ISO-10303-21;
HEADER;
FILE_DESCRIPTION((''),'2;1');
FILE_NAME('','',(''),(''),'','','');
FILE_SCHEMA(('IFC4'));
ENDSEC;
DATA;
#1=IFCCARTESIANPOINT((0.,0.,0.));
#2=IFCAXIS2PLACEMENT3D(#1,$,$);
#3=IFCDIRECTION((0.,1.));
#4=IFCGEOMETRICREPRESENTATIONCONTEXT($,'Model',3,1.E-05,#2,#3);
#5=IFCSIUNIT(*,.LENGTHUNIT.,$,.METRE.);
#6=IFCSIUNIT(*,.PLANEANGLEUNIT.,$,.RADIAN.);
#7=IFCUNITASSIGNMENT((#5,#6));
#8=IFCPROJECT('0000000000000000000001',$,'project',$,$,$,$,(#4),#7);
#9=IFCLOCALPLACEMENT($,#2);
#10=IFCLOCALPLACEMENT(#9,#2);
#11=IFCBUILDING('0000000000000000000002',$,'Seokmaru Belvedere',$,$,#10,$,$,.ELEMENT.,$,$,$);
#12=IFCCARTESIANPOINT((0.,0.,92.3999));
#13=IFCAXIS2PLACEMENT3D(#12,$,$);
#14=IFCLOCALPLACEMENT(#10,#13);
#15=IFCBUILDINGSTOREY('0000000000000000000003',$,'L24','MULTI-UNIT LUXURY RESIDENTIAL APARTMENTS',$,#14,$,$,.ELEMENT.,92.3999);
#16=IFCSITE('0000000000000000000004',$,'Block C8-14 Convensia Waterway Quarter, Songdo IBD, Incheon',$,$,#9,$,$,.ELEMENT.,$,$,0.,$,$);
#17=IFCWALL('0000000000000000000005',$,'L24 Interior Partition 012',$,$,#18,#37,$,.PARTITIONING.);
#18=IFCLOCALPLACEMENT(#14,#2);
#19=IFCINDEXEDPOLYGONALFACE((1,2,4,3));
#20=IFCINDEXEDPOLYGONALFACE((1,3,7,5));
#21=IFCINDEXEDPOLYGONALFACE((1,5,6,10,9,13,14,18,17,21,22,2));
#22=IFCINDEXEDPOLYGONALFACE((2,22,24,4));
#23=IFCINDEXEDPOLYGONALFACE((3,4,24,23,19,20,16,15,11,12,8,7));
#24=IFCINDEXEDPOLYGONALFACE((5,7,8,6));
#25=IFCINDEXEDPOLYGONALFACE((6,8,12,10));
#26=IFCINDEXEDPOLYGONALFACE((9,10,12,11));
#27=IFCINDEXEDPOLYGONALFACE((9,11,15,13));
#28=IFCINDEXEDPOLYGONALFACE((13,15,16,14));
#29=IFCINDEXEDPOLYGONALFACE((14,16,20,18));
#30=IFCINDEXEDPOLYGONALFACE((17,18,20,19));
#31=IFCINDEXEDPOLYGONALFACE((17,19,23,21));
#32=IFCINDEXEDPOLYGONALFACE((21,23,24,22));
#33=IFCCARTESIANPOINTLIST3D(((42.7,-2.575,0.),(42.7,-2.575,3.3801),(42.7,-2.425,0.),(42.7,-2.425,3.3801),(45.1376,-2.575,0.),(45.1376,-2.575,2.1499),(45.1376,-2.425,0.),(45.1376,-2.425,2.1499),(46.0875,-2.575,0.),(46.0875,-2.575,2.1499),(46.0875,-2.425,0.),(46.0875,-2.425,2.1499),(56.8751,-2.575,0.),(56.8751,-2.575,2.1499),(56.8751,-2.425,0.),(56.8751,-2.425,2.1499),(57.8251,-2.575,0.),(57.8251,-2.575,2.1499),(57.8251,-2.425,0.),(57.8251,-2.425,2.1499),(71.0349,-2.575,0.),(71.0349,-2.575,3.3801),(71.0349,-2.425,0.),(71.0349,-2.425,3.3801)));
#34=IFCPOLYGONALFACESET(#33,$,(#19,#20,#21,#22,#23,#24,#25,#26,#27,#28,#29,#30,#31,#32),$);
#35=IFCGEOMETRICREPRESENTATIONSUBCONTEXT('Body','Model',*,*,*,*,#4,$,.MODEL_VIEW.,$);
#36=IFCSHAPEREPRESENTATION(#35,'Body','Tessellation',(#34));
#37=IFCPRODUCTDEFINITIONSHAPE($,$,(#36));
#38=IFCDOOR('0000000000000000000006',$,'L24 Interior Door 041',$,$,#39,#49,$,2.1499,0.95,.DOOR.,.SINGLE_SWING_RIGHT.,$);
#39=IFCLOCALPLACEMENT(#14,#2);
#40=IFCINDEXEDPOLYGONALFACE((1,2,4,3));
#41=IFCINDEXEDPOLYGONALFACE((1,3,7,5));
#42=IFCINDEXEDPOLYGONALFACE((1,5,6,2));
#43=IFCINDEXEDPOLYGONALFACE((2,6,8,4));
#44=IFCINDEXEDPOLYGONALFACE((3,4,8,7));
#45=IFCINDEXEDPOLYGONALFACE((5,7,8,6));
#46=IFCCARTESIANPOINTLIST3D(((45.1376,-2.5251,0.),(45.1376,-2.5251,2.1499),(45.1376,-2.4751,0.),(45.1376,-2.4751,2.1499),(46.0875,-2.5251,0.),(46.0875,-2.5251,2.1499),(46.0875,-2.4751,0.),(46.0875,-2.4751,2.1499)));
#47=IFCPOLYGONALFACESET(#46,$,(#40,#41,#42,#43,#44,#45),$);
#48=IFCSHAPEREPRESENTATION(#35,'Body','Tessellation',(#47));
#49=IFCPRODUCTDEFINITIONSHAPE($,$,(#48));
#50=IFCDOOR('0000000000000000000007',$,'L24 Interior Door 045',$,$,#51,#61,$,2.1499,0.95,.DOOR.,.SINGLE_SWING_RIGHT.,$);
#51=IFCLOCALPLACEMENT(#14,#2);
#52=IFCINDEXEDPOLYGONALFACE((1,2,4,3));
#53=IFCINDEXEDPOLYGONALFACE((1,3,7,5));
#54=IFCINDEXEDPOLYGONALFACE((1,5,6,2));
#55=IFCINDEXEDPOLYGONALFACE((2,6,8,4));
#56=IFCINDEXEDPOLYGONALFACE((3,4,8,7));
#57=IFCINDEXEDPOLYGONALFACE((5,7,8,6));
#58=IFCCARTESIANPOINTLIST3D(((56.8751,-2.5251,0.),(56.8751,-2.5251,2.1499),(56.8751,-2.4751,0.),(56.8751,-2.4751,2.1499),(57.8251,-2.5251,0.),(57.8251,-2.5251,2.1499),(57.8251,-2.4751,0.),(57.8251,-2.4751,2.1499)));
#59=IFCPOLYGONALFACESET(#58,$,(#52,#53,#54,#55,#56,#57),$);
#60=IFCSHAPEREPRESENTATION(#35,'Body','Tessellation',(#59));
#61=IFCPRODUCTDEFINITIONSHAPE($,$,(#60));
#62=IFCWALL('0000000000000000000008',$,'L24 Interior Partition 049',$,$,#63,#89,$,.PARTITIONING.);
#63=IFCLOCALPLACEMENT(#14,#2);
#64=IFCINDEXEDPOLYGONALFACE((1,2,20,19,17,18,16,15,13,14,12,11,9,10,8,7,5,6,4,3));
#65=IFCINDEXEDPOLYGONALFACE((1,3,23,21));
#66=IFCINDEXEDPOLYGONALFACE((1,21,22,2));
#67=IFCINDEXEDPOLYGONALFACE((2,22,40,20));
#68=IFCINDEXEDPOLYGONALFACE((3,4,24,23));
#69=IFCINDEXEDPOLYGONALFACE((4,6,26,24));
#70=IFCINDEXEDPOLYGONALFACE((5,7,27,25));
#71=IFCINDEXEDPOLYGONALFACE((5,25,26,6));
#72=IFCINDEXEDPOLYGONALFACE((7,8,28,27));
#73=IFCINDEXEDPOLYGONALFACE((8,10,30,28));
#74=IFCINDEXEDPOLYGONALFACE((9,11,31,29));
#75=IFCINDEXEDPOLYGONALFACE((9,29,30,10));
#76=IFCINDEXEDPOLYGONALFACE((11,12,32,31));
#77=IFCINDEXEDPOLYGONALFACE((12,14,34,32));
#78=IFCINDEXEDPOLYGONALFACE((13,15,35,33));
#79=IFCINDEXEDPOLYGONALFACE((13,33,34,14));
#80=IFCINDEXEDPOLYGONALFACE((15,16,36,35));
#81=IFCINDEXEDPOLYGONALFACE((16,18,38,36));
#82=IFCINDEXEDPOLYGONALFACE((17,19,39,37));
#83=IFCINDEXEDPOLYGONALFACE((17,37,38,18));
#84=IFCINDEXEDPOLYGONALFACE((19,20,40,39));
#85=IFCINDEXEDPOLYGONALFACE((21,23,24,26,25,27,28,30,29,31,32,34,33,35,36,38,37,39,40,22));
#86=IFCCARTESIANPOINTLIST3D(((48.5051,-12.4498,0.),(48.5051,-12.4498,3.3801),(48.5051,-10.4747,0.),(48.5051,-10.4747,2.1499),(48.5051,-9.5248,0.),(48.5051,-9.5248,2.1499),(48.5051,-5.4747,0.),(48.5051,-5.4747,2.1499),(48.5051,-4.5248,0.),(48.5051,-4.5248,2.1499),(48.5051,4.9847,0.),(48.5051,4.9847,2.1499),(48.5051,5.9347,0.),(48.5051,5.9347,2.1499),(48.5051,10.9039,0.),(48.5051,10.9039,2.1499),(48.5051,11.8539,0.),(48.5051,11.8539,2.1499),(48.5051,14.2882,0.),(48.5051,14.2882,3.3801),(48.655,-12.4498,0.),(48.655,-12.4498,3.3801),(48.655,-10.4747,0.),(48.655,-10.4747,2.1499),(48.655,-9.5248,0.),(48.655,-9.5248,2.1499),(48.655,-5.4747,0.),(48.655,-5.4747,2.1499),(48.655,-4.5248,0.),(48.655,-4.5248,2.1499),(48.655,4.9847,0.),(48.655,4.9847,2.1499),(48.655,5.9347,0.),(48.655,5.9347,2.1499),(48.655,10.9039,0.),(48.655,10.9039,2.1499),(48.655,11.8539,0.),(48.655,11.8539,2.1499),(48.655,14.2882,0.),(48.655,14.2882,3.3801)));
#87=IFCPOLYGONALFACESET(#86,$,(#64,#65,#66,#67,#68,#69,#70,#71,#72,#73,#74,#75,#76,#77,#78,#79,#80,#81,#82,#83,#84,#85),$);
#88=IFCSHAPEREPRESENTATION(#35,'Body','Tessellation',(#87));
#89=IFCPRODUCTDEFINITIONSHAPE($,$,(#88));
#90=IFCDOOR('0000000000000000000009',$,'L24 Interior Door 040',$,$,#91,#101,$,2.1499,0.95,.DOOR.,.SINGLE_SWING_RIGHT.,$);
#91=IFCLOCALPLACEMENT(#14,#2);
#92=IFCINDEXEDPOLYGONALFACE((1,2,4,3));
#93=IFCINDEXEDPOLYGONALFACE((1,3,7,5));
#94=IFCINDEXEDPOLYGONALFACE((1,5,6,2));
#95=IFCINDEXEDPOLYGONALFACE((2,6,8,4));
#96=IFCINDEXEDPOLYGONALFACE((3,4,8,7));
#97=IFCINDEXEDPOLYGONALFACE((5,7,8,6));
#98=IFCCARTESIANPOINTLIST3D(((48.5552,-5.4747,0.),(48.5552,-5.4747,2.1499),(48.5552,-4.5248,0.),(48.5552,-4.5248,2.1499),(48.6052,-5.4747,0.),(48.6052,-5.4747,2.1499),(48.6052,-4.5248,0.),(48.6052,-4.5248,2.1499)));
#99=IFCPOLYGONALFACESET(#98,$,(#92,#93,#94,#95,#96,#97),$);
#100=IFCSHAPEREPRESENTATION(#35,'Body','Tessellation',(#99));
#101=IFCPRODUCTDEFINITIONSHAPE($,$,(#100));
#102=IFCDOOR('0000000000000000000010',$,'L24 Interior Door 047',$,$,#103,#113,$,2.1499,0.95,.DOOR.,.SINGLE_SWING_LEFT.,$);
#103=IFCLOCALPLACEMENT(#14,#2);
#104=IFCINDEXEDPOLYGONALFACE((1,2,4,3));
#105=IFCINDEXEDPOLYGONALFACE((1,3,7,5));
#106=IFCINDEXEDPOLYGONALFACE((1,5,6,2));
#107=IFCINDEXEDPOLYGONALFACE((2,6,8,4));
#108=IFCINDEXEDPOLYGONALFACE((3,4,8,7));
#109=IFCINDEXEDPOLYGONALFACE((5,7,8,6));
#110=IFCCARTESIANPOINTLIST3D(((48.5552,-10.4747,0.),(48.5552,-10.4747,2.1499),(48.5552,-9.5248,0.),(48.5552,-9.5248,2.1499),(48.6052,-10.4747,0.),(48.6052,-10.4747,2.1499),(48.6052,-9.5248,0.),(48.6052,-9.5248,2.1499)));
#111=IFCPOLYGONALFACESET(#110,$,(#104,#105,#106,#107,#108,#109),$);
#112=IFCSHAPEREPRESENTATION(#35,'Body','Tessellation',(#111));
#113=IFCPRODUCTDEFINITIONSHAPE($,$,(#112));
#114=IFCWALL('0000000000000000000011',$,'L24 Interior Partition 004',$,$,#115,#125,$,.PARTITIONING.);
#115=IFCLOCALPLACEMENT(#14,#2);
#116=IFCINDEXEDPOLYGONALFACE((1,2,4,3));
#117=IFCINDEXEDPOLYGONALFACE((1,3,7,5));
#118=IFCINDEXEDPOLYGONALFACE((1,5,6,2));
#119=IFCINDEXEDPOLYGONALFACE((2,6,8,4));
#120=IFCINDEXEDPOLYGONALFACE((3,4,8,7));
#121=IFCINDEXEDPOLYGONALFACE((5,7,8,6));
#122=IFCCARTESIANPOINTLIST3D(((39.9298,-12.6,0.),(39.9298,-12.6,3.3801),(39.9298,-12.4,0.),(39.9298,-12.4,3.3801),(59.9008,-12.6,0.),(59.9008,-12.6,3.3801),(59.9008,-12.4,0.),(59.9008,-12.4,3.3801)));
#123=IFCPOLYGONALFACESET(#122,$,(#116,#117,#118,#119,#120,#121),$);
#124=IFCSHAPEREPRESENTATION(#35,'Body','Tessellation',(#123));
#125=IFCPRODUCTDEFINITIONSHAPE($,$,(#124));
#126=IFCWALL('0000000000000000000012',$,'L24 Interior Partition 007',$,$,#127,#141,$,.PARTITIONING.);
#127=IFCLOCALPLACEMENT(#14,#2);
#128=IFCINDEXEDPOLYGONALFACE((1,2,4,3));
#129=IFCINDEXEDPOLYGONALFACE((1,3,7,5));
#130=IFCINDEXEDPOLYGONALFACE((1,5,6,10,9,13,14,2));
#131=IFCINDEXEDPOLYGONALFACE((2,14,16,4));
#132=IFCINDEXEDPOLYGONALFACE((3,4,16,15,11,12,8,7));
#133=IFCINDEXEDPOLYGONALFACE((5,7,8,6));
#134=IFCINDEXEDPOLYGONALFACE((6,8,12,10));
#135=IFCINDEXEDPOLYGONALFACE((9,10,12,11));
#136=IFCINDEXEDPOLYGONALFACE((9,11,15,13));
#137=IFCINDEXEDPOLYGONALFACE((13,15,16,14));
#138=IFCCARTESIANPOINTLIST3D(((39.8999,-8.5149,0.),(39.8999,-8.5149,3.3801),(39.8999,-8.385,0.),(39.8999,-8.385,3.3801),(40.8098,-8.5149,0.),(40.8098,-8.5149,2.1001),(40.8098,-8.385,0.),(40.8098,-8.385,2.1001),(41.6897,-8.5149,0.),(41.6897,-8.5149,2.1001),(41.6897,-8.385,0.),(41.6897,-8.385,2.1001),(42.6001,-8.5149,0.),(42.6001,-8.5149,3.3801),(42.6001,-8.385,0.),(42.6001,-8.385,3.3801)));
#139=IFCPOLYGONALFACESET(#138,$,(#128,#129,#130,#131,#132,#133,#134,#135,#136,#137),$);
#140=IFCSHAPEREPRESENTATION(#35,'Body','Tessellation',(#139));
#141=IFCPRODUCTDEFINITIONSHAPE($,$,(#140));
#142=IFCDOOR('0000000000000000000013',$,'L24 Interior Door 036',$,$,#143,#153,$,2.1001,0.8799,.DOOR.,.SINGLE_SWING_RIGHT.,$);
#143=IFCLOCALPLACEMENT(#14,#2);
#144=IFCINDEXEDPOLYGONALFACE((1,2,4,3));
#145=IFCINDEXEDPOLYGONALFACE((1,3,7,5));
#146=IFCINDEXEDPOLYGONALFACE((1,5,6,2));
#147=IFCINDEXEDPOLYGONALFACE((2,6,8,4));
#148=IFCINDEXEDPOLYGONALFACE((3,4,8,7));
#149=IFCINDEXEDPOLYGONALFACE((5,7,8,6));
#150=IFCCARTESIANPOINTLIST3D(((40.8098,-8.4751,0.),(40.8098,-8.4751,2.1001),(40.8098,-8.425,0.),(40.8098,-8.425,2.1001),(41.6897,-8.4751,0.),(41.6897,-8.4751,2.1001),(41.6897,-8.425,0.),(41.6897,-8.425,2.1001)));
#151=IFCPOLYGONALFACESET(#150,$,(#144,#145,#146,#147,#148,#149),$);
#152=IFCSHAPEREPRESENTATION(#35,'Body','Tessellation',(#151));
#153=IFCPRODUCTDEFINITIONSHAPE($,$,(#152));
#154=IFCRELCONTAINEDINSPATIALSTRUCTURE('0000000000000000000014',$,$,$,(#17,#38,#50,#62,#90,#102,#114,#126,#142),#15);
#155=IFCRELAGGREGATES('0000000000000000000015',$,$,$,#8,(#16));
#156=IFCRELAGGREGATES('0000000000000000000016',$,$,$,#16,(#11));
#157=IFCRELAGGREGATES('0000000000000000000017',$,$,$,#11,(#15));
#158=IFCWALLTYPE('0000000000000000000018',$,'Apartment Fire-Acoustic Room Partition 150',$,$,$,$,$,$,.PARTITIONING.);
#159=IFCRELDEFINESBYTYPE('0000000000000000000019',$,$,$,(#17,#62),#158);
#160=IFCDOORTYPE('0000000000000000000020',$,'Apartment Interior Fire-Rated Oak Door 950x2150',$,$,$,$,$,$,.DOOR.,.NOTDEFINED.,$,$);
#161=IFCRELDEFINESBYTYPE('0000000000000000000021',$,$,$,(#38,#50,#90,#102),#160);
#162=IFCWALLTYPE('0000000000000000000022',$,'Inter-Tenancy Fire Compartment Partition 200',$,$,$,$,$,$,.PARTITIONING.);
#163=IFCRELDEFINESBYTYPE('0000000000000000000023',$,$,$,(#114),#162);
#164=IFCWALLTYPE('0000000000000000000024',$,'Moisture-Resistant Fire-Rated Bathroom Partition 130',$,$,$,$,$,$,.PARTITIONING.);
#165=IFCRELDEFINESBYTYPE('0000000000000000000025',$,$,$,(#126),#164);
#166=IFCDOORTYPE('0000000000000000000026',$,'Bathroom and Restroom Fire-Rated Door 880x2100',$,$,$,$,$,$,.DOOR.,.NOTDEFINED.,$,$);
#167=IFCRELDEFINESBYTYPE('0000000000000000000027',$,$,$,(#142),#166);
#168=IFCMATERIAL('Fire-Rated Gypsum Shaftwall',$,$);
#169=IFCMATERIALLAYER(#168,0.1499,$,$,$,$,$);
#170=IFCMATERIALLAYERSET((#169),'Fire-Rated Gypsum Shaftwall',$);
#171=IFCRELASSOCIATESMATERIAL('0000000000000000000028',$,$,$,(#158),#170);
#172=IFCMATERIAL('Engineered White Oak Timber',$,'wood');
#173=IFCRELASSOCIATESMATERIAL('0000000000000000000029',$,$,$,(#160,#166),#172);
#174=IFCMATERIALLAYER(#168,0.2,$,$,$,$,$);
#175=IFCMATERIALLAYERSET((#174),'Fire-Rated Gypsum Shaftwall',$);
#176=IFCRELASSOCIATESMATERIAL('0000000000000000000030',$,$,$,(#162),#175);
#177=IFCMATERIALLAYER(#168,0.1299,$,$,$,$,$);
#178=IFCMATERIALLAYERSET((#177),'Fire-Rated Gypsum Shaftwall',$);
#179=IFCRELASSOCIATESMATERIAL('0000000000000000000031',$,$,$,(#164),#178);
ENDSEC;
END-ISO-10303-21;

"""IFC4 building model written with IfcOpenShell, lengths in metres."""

from ifc_helpers import new_model, si_unit, direction, frame, frame_2d, origin, place, context, subcontext, project, spatial, rectangle, extrude, source, transform, mapped, material, layer, layer_set, type_object, type_shapes, element, fill, save


model = new_model("IFC4")

# Units and contexts
model_context = context("Model", 3, precision=1e-05, world=origin(), true_north=direction((0.0, 1.0)))
body_context = subcontext(model_context, "Body", "Model", "MODEL_VIEW")
ifc_project = project(units=[si_unit("LENGTHUNIT", "METRE"), si_unit("PLANEANGLEUNIT", "RADIAN")], contexts=[model_context])

# Site, building, storey
site_placement = place(None, origin())
site = spatial("IfcSite", under=ifc_project, at=site_placement, Name="Block C8-14 Convensia Waterway Quarter, Songdo IBD, Incheon", CompositionType="ELEMENT", RefElevation=0.0)
building_placement = place(site_placement, origin())
building = spatial("IfcBuilding", under=site, at=building_placement, Name="Seokmaru Belvedere", CompositionType="ELEMENT")
storey_placement = place(building_placement, frame((0.0, 0.0, 92.3999)))
storey = spatial("IfcBuildingStorey", under=building, at=storey_placement, Name="L24", Description="MULTI-UNIT LUXURY RESIDENTIAL APARTMENTS", CompositionType="ELEMENT", Elevation=92.3999)

# Walls, openings, doors
ifc_material_1 = material(Name="Fire-Rated Gypsum Shaftwall")
ifc_layer_1 = layer(ifc_material_1, 0.1499)
ifc_layer_set_1 = layer_set([ifc_layer_1], Name="Fire-Rated Gypsum Shaftwall")
wall_type_1 = type_object("IfcWallType", Name="Apartment Fire-Acoustic Room Partition 150", PredefinedType="PARTITIONING", material=ifc_layer_set_1)
ifc_material_2 = material(Name="Engineered White Oak Timber", Category="wood")
door_type_1 = type_object("IfcDoorType", Name="Apartment Interior Fire-Rated Oak Door 950x2150", OperationType="NOTDEFINED", PredefinedType="DOOR", material=ifc_material_2)
shared_shape_1 = source(origin(), body_context, "Body", "SweptSolid", [
    extrude(rectangle(XDim=0.95, YDim=2.1499, at=frame_2d((0.4751, 1.075))), frame((0.0, 0.0249, 0.0), z_axis=(0.0, -1.0, 0.0), x_axis=(1.0, 0.0, 0.0)), (0.0, 0.0, 1.0), 0.05),
])
type_shapes(door_type_1, [shared_shape_1])
wall_1_placement = place(storey_placement, frame((42.7, -2.5, 0.0), z_axis=(0.0, 0.0, 1.0), x_axis=(1.0, 0.0, 0.0)))
wall_1 = element("IfcWall", 1, at=wall_1_placement, inside=storey, type_object=wall_type_1, Name="L24 Interior Partition 012", PredefinedType="PARTITIONING", context=body_context, shape_type="SweptSolid", body=[
    extrude(rectangle(XDim=28.335, YDim=0.1499, at=frame_2d((14.1675, 0.0))), origin(), (0.0, 0.0, 1.0), 3.3801),
])
opening_1_placement = place(wall_1_placement, frame((2.4375, 0.0, 0.0)))
opening_1 = element("IfcOpeningElement", 2, at=opening_1_placement, cuts=wall_1, PredefinedType="OPENING", context=body_context, shape_type="SweptSolid", body=[
    extrude(rectangle(XDim=0.95, YDim=2.1499, at=frame_2d((0.4751, 1.075))), frame((0.0, 0.085, 0.0), z_axis=(0.0, -1.0, 0.0), x_axis=(1.0, 0.0, 0.0)), (0.0, 0.0, 1.0), 0.1699),
])
opening_2_placement = place(wall_1_placement, frame((14.175, 0.0, 0.0)))
opening_2 = element("IfcOpeningElement", 3, at=opening_2_placement, cuts=wall_1, PredefinedType="OPENING", context=body_context, shape_type="SweptSolid", body=[
    extrude(rectangle(XDim=0.95, YDim=2.1499, at=frame_2d((0.4751, 1.075))), frame((0.0, 0.085, 0.0), z_axis=(0.0, -1.0, 0.0), x_axis=(1.0, 0.0, 0.0)), (0.0, 0.0, 1.0), 0.1699),
])
door_1_placement = place(opening_1_placement, origin())
door_1 = element("IfcDoor", 4, at=door_1_placement, inside=storey, type_object=door_type_1, Name="L24 Interior Door 041", OperationType="SINGLE_SWING_RIGHT", OverallHeight=2.1499, OverallWidth=0.95, PredefinedType="DOOR", context=body_context, shape_type="MappedRepresentation", body=[
    mapped(shared_shape_1, transform((0.0, 0.0, 0.0), scale=1.0)),
])
fill(opening_1, door_1)
door_2_placement = place(opening_2_placement, origin())
door_2 = element("IfcDoor", 5, at=door_2_placement, inside=storey, type_object=door_type_1, Name="L24 Interior Door 045", OperationType="SINGLE_SWING_RIGHT", OverallHeight=2.1499, OverallWidth=0.95, PredefinedType="DOOR", context=body_context, shape_type="MappedRepresentation", body=[
    mapped(shared_shape_1, transform((0.0, 0.0, 0.0), scale=1.0)),
])
fill(opening_2, door_2)
wall_2_placement = place(storey_placement, frame((48.5801, -12.45, 0.0), z_axis=(0.0, 0.0, 1.0), x_axis=(0.0, 1.0, 0.0)))
wall_2 = element("IfcWall", 6, at=wall_2_placement, inside=storey, type_object=wall_type_1, Name="L24 Interior Partition 049", PredefinedType="PARTITIONING", context=body_context, shape_type="SweptSolid", body=[
    extrude(rectangle(XDim=26.738, YDim=0.1499, at=frame_2d((13.3691, 0.0))), origin(), (0.0, 0.0, 1.0), 3.3801),
])
opening_3_placement = place(wall_2_placement, frame((6.9751, 0.0, 0.0)))
opening_3 = element("IfcOpeningElement", 7, at=opening_3_placement, cuts=wall_2, PredefinedType="OPENING", context=body_context, shape_type="SweptSolid", body=[
    extrude(rectangle(XDim=0.95, YDim=2.1499, at=frame_2d((0.4751, 1.075))), frame((0.0, 0.085, 0.0), z_axis=(0.0, -1.0, 0.0), x_axis=(1.0, 0.0, 0.0)), (0.0, 0.0, 1.0), 0.1699),
])
opening_4_placement = place(wall_2_placement, frame((1.9751, 0.0, 0.0)))
opening_4 = element("IfcOpeningElement", 8, at=opening_4_placement, cuts=wall_2, PredefinedType="OPENING", context=body_context, shape_type="SweptSolid", body=[
    extrude(rectangle(XDim=0.95, YDim=2.1499, at=frame_2d((0.4751, 1.075))), frame((0.0, 0.085, 0.0), z_axis=(0.0, -1.0, 0.0), x_axis=(1.0, 0.0, 0.0)), (0.0, 0.0, 1.0), 0.1699),
])
opening_5_placement = place(wall_2_placement, frame((23.3538, 0.0, 0.0)))
element("IfcOpeningElement", 9, at=opening_5_placement, cuts=wall_2, PredefinedType="OPENING", context=body_context, shape_type="SweptSolid", body=[
    extrude(rectangle(XDim=0.95, YDim=2.1499, at=frame_2d((0.4751, 1.075))), frame((0.0, 0.085, 0.0), z_axis=(0.0, -1.0, 0.0), x_axis=(1.0, 0.0, 0.0)), (0.0, 0.0, 1.0), 0.1699),
])
opening_6_placement = place(wall_2_placement, frame((17.4346, 0.0, 0.0)))
element("IfcOpeningElement", 10, at=opening_6_placement, cuts=wall_2, PredefinedType="OPENING", context=body_context, shape_type="SweptSolid", body=[
    extrude(rectangle(XDim=0.95, YDim=2.1499, at=frame_2d((0.4751, 1.075))), frame((0.0, 0.085, 0.0), z_axis=(0.0, -1.0, 0.0), x_axis=(1.0, 0.0, 0.0)), (0.0, 0.0, 1.0), 0.1699),
])
door_3_placement = place(opening_3_placement, origin())
door_3 = element("IfcDoor", 11, at=door_3_placement, inside=storey, type_object=door_type_1, Name="L24 Interior Door 040", OperationType="SINGLE_SWING_RIGHT", OverallHeight=2.1499, OverallWidth=0.95, PredefinedType="DOOR", context=body_context, shape_type="MappedRepresentation", body=[
    mapped(shared_shape_1, transform((0.0, 0.0, 0.0), scale=1.0)),
])
fill(opening_3, door_3)
door_4_placement = place(opening_4_placement, origin())
door_4 = element("IfcDoor", 12, at=door_4_placement, inside=storey, type_object=door_type_1, Name="L24 Interior Door 047", OperationType="SINGLE_SWING_LEFT", OverallHeight=2.1499, OverallWidth=0.95, PredefinedType="DOOR", context=body_context, shape_type="MappedRepresentation", body=[
    mapped(shared_shape_1, transform((0.0, 0.0, 0.0), scale=1.0)),
])
fill(opening_4, door_4)

# Wall
ifc_layer_2 = layer(ifc_material_1, 0.2)
ifc_layer_set_2 = layer_set([ifc_layer_2], Name="Fire-Rated Gypsum Shaftwall")
wall_type_2 = type_object("IfcWallType", Name="Inter-Tenancy Fire Compartment Partition 200", PredefinedType="PARTITIONING", material=ifc_layer_set_2)
wall_3_placement = place(storey_placement, frame((39.9299, -12.5, 0.0), z_axis=(0.0, 0.0, 1.0), x_axis=(1.0, 0.0, 0.0)))
element("IfcWall", 13, at=wall_3_placement, inside=storey, type_object=wall_type_2, Name="L24 Interior Partition 004", PredefinedType="PARTITIONING", context=body_context, shape_type="SweptSolid", body=[
    extrude(rectangle(XDim=19.9709, YDim=0.2, at=frame_2d((9.9854, 0.0))), origin(), (0.0, 0.0, 1.0), 3.3801),
])

# Wall, opening, door
ifc_layer_3 = layer(ifc_material_1, 0.1299)
ifc_layer_set_3 = layer_set([ifc_layer_3], Name="Fire-Rated Gypsum Shaftwall")
wall_type_3 = type_object("IfcWallType", Name="Moisture-Resistant Fire-Rated Bathroom Partition 130", PredefinedType="PARTITIONING", material=ifc_layer_set_3)
wall_4_placement = place(storey_placement, frame((39.8999, -8.45, 0.0), z_axis=(0.0, 0.0, 1.0), x_axis=(1.0, 0.0, 0.0)))
wall_4 = element("IfcWall", 14, at=wall_4_placement, inside=storey, type_object=wall_type_3, Name="L24 Interior Partition 007", PredefinedType="PARTITIONING", context=body_context, shape_type="SweptSolid", body=[
    extrude(rectangle(XDim=2.7002, YDim=0.1299, at=frame_2d((1.3501, 0.0))), origin(), (0.0, 0.0, 1.0), 3.3801),
])
opening_7_placement = place(wall_4_placement, frame((0.9099, 0.0, 0.0)))
opening_7 = element("IfcOpeningElement", 15, at=opening_7_placement, cuts=wall_4, PredefinedType="OPENING", context=body_context, shape_type="SweptSolid", body=[
    extrude(rectangle(XDim=0.8799, YDim=2.1001, at=frame_2d((0.4399, 1.05))), frame((0.0, 0.075, 0.0), z_axis=(0.0, -1.0, 0.0), x_axis=(1.0, 0.0, 0.0)), (0.0, 0.0, 1.0), 0.1499),
])
door_type_2 = type_object("IfcDoorType", Name="Bathroom and Restroom Fire-Rated Door 880x2100", OperationType="NOTDEFINED", PredefinedType="DOOR", material=ifc_material_2)
shared_shape_2 = source(origin(), body_context, "Body", "SweptSolid", [
    extrude(rectangle(XDim=0.8799, YDim=2.1001, at=frame_2d((0.4399, 1.05))), frame((0.0, 0.0249, 0.0), z_axis=(0.0, -1.0, 0.0), x_axis=(1.0, 0.0, 0.0)), (0.0, 0.0, 1.0), 0.05),
])
type_shapes(door_type_2, [shared_shape_2])
door_5_placement = place(opening_7_placement, origin())
door_5 = element("IfcDoor", 16, at=door_5_placement, inside=storey, type_object=door_type_2, Name="L24 Interior Door 036", OperationType="SINGLE_SWING_RIGHT", OverallHeight=2.1001, OverallWidth=0.8799, PredefinedType="DOOR", context=body_context, shape_type="MappedRepresentation", body=[
    mapped(shared_shape_2, transform((0.0, 0.0, 0.0), scale=1.0)),
])
fill(opening_7, door_5)

save(model, "model.ifc")
